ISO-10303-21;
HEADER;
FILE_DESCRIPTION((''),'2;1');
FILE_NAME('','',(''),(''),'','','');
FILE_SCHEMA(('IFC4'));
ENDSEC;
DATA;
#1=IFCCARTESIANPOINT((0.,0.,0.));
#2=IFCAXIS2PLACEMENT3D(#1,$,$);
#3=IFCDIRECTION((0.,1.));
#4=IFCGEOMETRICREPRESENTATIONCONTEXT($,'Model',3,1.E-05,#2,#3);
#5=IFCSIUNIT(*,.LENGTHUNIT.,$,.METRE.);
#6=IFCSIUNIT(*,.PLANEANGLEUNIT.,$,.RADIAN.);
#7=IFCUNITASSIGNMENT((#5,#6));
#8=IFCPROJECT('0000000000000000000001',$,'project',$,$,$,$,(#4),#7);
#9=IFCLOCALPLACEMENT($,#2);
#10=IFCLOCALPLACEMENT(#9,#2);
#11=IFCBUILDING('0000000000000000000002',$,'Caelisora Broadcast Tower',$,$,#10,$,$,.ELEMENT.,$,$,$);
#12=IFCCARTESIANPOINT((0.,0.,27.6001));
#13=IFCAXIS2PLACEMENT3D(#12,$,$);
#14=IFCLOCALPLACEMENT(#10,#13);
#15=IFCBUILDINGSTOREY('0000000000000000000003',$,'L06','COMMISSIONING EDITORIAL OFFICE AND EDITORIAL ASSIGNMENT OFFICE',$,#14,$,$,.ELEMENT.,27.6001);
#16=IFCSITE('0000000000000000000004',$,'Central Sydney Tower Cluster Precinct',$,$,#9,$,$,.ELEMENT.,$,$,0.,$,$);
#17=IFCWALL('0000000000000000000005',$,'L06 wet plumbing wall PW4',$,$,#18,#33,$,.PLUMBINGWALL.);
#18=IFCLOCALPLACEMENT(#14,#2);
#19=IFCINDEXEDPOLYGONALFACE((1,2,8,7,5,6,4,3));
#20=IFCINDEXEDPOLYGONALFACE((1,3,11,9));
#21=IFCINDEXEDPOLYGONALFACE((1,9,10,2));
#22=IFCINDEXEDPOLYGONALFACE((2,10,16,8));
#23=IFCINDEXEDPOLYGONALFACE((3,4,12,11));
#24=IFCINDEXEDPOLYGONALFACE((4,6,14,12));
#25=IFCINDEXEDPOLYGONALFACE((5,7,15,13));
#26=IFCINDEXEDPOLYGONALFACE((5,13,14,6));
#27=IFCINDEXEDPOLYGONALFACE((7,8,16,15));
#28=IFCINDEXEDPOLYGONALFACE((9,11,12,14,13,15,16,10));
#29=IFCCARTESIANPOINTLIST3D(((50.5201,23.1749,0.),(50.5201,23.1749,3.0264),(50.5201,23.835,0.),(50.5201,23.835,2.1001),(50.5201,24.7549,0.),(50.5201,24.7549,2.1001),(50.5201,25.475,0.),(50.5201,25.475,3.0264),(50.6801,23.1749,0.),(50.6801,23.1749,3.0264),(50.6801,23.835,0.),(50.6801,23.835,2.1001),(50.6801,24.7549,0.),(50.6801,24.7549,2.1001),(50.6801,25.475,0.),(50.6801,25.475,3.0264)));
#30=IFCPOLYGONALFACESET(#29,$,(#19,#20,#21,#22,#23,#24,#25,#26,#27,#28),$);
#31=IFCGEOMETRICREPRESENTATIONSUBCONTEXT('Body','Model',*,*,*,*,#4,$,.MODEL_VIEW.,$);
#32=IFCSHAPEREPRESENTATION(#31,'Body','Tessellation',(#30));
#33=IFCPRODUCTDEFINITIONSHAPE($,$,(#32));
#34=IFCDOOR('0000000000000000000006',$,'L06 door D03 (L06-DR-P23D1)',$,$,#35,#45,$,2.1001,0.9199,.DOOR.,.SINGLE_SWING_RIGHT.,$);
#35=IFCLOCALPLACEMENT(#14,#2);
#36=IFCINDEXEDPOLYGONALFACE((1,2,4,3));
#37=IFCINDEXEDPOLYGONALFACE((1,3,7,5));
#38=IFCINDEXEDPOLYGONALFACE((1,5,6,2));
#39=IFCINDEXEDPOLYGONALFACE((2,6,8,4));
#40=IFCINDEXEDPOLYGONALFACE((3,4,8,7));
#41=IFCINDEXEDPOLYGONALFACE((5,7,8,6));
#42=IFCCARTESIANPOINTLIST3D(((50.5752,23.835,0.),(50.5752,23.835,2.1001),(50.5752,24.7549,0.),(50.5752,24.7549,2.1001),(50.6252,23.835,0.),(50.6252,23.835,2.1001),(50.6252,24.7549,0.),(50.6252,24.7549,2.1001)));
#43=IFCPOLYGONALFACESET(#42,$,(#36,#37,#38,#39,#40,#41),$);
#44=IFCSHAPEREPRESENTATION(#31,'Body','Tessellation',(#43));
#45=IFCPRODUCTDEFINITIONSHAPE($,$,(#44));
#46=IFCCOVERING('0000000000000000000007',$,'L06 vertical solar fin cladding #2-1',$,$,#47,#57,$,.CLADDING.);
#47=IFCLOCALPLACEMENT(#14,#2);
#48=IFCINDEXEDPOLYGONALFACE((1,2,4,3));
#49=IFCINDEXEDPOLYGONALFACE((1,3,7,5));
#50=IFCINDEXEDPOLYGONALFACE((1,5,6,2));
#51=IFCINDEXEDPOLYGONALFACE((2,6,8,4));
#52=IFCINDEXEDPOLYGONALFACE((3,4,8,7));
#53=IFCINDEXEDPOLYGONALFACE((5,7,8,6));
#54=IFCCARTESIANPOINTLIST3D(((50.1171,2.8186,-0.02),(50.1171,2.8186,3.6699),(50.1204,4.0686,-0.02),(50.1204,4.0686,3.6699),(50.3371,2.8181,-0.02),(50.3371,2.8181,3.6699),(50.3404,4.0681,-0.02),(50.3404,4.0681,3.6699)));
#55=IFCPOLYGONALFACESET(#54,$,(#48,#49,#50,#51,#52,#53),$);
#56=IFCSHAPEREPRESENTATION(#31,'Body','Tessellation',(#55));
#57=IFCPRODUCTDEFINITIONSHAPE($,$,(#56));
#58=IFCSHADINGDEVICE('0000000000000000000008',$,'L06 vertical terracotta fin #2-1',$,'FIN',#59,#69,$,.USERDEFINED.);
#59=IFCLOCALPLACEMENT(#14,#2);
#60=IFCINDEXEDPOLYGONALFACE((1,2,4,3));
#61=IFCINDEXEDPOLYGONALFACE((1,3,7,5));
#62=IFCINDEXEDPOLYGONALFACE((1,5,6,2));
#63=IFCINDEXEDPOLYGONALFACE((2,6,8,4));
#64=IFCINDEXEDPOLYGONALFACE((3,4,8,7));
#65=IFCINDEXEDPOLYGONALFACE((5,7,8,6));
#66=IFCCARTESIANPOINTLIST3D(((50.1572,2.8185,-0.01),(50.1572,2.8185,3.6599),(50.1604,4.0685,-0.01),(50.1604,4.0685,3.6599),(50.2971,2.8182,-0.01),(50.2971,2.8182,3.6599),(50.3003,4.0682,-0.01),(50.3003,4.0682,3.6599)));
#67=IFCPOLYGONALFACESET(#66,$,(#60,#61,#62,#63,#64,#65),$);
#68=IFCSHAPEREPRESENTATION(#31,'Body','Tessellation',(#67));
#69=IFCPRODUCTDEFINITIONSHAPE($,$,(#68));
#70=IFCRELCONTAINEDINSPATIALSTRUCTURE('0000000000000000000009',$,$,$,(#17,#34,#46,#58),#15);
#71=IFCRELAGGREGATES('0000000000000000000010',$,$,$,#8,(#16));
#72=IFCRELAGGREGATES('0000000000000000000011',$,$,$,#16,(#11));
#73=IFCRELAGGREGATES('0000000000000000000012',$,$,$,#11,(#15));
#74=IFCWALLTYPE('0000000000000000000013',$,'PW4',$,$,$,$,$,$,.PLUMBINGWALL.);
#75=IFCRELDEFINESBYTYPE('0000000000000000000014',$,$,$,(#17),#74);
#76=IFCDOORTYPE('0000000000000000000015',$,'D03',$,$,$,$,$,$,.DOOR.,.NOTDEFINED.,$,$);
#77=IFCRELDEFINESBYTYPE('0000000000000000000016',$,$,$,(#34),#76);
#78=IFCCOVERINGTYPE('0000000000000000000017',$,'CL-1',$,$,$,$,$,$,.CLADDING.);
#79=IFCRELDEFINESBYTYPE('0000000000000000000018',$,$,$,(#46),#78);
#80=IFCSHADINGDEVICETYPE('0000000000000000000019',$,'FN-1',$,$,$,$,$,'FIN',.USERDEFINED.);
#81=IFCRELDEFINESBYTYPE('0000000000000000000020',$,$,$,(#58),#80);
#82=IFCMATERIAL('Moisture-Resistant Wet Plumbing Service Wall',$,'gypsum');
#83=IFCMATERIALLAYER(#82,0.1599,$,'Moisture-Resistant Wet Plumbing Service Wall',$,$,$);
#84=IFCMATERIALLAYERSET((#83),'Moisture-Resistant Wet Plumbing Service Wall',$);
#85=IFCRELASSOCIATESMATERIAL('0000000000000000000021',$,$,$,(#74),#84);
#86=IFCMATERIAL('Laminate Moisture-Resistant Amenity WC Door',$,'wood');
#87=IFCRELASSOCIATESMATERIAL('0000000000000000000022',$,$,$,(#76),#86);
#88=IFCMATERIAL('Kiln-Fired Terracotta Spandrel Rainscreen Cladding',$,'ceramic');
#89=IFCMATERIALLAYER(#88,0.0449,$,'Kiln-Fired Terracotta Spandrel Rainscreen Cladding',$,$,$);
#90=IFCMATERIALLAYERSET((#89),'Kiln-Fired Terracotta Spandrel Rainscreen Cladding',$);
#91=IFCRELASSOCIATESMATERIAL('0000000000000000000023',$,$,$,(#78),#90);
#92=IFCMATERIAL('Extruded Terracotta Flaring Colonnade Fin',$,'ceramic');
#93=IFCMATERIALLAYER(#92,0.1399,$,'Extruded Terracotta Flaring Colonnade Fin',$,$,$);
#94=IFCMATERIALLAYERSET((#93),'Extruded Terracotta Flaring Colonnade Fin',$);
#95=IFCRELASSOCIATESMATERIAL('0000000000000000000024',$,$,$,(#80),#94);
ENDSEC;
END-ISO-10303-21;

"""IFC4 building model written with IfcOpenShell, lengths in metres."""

from ifc_helpers import new_model, si_unit, direction, frame, frame_2d, origin, origin_2d, place, context, subcontext, project, spatial, rectangle, extrude, source, transform, mapped, material, layer, layer_set, type_object, type_shapes, element, fill, save


model = new_model("IFC4")

# Units and contexts
model_context = context("Model", 3, precision=1e-05, world=origin(), true_north=direction((0.0, 1.0)))
body_context = subcontext(model_context, "Body", "Model", "MODEL_VIEW")
ifc_project = project(units=[si_unit("LENGTHUNIT", "METRE"), si_unit("PLANEANGLEUNIT", "RADIAN")], contexts=[model_context])

# Site, building, storey
site_placement = place(None, origin())
site = spatial("IfcSite", under=ifc_project, at=site_placement, Name="Central Sydney Tower Cluster Precinct", CompositionType="ELEMENT", RefElevation=0.0)
building_placement = place(site_placement, origin())
building = spatial("IfcBuilding", under=site, at=building_placement, Name="Caelisora Broadcast Tower", CompositionType="ELEMENT")
storey_placement = place(building_placement, frame((0.0, 0.0, 27.6001)))
storey = spatial("IfcBuildingStorey", under=building, at=storey_placement, Name="L06", Description="COMMISSIONING EDITORIAL OFFICE AND EDITORIAL ASSIGNMENT OFFICE", CompositionType="ELEMENT", Elevation=27.6001)

# Shared definitions
ifc_material_1 = material(Name="Moisture-Resistant Wet Plumbing Service Wall", Category="gypsum")
ifc_layer_1 = layer(ifc_material_1, 0.1599, Name="Moisture-Resistant Wet Plumbing Service Wall")
ifc_layer_set_1 = layer_set([ifc_layer_1], Name="Moisture-Resistant Wet Plumbing Service Wall")
wall_type_1 = type_object("IfcWallType", Name="PW4", PredefinedType="PLUMBINGWALL", material=ifc_layer_set_1)

# Wall, opening, door
wall_1_placement = place(storey_placement, frame((50.6001, 23.175, 0.0), z_axis=(0.0, 0.0, 1.0), x_axis=(0.0, 1.0, 0.0)))
wall_1 = element("IfcWall", 1, at=wall_1_placement, inside=storey, type_object=wall_type_1, Name="L06 wet plumbing wall PW4", PredefinedType="PLUMBINGWALL", context=body_context, shape_type="SweptSolid", body=[
    extrude(rectangle(XDim=2.3, YDim=0.1599, at=frame_2d((1.1499, 0.0))), origin(), (0.0, 0.0, 1.0), 3.0264),
])
opening_1_placement = place(wall_1_placement, frame((0.6599, 0.0, 0.0)))
opening_1 = element("IfcOpeningElement", 2, at=opening_1_placement, cuts=wall_1, PredefinedType="OPENING", context=body_context, shape_type="SweptSolid", body=[
    extrude(rectangle(XDim=0.9199, YDim=2.1001, at=frame_2d((0.46, 1.05))), frame((0.0, 0.092, 0.0), z_axis=(0.0, -1.0, 0.0), x_axis=(1.0, 0.0, 0.0)), (0.0, 0.0, 1.0), 0.1838),
])
ifc_material_2 = material(Name="Laminate Moisture-Resistant Amenity WC Door", Category="wood")
door_type_1 = type_object("IfcDoorType", Name="D03", OperationType="NOTDEFINED", PredefinedType="DOOR", material=ifc_material_2)
door_1_placement = place(opening_1_placement, origin())
door_1 = element("IfcDoor", 3, at=door_1_placement, inside=storey, type_object=door_type_1, Name="L06 door D03 (L06-DR-P23D1)", OperationType="SINGLE_SWING_RIGHT", OverallHeight=2.1001, OverallWidth=0.9199, PredefinedType="DOOR", context=body_context, shape_type="SweptSolid", body=[
    extrude(rectangle(XDim=0.9199, YDim=2.1001, at=frame_2d((0.46, 1.05))), frame((0.0, 0.0249, 0.0), z_axis=(0.0, -1.0, 0.0), x_axis=(1.0, 0.0, 0.0)), (0.0, 0.0, 1.0), 0.05),
])
fill(opening_1, door_1)

# Covering
ifc_material_3 = material(Name="Kiln-Fired Terracotta Spandrel Rainscreen Cladding", Category="ceramic")
ifc_layer_2 = layer(ifc_material_3, 0.0449, Name="Kiln-Fired Terracotta Spandrel Rainscreen Cladding")
ifc_layer_set_2 = layer_set([ifc_layer_2], Name="Kiln-Fired Terracotta Spandrel Rainscreen Cladding")
covering_type = type_object("IfcCoveringType", Name="CL-1", PredefinedType="CLADDING", material=ifc_layer_set_2)
shared_shape_1 = source(origin(), body_context, "Body", "SweptSolid", [
    extrude(rectangle(XDim=0.22, YDim=1.25, at=origin_2d()), origin(), (0.0, 0.0, 1.0), 3.6899),
])
type_shapes(covering_type, [shared_shape_1])
covering_placement = place(storey_placement, frame((50.2288, 3.4434, -0.02), z_axis=(0.0, 0.0, 1.0), x_axis=(-0.999997, 0.002618, 0.0)))
element("IfcCovering", 4, at=covering_placement, inside=storey, type_object=covering_type, Name="L06 vertical solar fin cladding #2-1", PredefinedType="CLADDING", context=body_context, shape_type="MappedRepresentation", body=[
    mapped(shared_shape_1, transform((0.0, 0.0, 0.0), scale=1.0)),
])

# Shading device
ifc_material_4 = material(Name="Extruded Terracotta Flaring Colonnade Fin", Category="ceramic")
ifc_layer_3 = layer(ifc_material_4, 0.1399, Name="Extruded Terracotta Flaring Colonnade Fin")
ifc_layer_set_3 = layer_set([ifc_layer_3], Name="Extruded Terracotta Flaring Colonnade Fin")
shading_device_type = type_object("IfcShadingDeviceType", Name="FN-1", ElementType="FIN", PredefinedType="USERDEFINED", material=ifc_layer_set_3)
shared_shape_2 = source(origin(), body_context, "Body", "SweptSolid", [
    extrude(rectangle(XDim=0.1399, YDim=1.25, at=origin_2d()), origin(), (0.0, 0.0, 1.0), 3.6699),
])
type_shapes(shading_device_type, [shared_shape_2])
shading_device_placement = place(storey_placement, frame((50.2288, 3.4434, -0.01), z_axis=(0.0, 0.0, 1.0), x_axis=(-0.999997, 0.002618, 0.0)))
element("IfcShadingDevice", 5, at=shading_device_placement, inside=storey, type_object=shading_device_type, Name="L06 vertical terracotta fin #2-1", ObjectType="FIN", PredefinedType="USERDEFINED", context=body_context, shape_type="MappedRepresentation", body=[
    mapped(shared_shape_2, transform((0.0, 0.0, 0.0), scale=1.0)),
])

save(model, "model.ifc")
